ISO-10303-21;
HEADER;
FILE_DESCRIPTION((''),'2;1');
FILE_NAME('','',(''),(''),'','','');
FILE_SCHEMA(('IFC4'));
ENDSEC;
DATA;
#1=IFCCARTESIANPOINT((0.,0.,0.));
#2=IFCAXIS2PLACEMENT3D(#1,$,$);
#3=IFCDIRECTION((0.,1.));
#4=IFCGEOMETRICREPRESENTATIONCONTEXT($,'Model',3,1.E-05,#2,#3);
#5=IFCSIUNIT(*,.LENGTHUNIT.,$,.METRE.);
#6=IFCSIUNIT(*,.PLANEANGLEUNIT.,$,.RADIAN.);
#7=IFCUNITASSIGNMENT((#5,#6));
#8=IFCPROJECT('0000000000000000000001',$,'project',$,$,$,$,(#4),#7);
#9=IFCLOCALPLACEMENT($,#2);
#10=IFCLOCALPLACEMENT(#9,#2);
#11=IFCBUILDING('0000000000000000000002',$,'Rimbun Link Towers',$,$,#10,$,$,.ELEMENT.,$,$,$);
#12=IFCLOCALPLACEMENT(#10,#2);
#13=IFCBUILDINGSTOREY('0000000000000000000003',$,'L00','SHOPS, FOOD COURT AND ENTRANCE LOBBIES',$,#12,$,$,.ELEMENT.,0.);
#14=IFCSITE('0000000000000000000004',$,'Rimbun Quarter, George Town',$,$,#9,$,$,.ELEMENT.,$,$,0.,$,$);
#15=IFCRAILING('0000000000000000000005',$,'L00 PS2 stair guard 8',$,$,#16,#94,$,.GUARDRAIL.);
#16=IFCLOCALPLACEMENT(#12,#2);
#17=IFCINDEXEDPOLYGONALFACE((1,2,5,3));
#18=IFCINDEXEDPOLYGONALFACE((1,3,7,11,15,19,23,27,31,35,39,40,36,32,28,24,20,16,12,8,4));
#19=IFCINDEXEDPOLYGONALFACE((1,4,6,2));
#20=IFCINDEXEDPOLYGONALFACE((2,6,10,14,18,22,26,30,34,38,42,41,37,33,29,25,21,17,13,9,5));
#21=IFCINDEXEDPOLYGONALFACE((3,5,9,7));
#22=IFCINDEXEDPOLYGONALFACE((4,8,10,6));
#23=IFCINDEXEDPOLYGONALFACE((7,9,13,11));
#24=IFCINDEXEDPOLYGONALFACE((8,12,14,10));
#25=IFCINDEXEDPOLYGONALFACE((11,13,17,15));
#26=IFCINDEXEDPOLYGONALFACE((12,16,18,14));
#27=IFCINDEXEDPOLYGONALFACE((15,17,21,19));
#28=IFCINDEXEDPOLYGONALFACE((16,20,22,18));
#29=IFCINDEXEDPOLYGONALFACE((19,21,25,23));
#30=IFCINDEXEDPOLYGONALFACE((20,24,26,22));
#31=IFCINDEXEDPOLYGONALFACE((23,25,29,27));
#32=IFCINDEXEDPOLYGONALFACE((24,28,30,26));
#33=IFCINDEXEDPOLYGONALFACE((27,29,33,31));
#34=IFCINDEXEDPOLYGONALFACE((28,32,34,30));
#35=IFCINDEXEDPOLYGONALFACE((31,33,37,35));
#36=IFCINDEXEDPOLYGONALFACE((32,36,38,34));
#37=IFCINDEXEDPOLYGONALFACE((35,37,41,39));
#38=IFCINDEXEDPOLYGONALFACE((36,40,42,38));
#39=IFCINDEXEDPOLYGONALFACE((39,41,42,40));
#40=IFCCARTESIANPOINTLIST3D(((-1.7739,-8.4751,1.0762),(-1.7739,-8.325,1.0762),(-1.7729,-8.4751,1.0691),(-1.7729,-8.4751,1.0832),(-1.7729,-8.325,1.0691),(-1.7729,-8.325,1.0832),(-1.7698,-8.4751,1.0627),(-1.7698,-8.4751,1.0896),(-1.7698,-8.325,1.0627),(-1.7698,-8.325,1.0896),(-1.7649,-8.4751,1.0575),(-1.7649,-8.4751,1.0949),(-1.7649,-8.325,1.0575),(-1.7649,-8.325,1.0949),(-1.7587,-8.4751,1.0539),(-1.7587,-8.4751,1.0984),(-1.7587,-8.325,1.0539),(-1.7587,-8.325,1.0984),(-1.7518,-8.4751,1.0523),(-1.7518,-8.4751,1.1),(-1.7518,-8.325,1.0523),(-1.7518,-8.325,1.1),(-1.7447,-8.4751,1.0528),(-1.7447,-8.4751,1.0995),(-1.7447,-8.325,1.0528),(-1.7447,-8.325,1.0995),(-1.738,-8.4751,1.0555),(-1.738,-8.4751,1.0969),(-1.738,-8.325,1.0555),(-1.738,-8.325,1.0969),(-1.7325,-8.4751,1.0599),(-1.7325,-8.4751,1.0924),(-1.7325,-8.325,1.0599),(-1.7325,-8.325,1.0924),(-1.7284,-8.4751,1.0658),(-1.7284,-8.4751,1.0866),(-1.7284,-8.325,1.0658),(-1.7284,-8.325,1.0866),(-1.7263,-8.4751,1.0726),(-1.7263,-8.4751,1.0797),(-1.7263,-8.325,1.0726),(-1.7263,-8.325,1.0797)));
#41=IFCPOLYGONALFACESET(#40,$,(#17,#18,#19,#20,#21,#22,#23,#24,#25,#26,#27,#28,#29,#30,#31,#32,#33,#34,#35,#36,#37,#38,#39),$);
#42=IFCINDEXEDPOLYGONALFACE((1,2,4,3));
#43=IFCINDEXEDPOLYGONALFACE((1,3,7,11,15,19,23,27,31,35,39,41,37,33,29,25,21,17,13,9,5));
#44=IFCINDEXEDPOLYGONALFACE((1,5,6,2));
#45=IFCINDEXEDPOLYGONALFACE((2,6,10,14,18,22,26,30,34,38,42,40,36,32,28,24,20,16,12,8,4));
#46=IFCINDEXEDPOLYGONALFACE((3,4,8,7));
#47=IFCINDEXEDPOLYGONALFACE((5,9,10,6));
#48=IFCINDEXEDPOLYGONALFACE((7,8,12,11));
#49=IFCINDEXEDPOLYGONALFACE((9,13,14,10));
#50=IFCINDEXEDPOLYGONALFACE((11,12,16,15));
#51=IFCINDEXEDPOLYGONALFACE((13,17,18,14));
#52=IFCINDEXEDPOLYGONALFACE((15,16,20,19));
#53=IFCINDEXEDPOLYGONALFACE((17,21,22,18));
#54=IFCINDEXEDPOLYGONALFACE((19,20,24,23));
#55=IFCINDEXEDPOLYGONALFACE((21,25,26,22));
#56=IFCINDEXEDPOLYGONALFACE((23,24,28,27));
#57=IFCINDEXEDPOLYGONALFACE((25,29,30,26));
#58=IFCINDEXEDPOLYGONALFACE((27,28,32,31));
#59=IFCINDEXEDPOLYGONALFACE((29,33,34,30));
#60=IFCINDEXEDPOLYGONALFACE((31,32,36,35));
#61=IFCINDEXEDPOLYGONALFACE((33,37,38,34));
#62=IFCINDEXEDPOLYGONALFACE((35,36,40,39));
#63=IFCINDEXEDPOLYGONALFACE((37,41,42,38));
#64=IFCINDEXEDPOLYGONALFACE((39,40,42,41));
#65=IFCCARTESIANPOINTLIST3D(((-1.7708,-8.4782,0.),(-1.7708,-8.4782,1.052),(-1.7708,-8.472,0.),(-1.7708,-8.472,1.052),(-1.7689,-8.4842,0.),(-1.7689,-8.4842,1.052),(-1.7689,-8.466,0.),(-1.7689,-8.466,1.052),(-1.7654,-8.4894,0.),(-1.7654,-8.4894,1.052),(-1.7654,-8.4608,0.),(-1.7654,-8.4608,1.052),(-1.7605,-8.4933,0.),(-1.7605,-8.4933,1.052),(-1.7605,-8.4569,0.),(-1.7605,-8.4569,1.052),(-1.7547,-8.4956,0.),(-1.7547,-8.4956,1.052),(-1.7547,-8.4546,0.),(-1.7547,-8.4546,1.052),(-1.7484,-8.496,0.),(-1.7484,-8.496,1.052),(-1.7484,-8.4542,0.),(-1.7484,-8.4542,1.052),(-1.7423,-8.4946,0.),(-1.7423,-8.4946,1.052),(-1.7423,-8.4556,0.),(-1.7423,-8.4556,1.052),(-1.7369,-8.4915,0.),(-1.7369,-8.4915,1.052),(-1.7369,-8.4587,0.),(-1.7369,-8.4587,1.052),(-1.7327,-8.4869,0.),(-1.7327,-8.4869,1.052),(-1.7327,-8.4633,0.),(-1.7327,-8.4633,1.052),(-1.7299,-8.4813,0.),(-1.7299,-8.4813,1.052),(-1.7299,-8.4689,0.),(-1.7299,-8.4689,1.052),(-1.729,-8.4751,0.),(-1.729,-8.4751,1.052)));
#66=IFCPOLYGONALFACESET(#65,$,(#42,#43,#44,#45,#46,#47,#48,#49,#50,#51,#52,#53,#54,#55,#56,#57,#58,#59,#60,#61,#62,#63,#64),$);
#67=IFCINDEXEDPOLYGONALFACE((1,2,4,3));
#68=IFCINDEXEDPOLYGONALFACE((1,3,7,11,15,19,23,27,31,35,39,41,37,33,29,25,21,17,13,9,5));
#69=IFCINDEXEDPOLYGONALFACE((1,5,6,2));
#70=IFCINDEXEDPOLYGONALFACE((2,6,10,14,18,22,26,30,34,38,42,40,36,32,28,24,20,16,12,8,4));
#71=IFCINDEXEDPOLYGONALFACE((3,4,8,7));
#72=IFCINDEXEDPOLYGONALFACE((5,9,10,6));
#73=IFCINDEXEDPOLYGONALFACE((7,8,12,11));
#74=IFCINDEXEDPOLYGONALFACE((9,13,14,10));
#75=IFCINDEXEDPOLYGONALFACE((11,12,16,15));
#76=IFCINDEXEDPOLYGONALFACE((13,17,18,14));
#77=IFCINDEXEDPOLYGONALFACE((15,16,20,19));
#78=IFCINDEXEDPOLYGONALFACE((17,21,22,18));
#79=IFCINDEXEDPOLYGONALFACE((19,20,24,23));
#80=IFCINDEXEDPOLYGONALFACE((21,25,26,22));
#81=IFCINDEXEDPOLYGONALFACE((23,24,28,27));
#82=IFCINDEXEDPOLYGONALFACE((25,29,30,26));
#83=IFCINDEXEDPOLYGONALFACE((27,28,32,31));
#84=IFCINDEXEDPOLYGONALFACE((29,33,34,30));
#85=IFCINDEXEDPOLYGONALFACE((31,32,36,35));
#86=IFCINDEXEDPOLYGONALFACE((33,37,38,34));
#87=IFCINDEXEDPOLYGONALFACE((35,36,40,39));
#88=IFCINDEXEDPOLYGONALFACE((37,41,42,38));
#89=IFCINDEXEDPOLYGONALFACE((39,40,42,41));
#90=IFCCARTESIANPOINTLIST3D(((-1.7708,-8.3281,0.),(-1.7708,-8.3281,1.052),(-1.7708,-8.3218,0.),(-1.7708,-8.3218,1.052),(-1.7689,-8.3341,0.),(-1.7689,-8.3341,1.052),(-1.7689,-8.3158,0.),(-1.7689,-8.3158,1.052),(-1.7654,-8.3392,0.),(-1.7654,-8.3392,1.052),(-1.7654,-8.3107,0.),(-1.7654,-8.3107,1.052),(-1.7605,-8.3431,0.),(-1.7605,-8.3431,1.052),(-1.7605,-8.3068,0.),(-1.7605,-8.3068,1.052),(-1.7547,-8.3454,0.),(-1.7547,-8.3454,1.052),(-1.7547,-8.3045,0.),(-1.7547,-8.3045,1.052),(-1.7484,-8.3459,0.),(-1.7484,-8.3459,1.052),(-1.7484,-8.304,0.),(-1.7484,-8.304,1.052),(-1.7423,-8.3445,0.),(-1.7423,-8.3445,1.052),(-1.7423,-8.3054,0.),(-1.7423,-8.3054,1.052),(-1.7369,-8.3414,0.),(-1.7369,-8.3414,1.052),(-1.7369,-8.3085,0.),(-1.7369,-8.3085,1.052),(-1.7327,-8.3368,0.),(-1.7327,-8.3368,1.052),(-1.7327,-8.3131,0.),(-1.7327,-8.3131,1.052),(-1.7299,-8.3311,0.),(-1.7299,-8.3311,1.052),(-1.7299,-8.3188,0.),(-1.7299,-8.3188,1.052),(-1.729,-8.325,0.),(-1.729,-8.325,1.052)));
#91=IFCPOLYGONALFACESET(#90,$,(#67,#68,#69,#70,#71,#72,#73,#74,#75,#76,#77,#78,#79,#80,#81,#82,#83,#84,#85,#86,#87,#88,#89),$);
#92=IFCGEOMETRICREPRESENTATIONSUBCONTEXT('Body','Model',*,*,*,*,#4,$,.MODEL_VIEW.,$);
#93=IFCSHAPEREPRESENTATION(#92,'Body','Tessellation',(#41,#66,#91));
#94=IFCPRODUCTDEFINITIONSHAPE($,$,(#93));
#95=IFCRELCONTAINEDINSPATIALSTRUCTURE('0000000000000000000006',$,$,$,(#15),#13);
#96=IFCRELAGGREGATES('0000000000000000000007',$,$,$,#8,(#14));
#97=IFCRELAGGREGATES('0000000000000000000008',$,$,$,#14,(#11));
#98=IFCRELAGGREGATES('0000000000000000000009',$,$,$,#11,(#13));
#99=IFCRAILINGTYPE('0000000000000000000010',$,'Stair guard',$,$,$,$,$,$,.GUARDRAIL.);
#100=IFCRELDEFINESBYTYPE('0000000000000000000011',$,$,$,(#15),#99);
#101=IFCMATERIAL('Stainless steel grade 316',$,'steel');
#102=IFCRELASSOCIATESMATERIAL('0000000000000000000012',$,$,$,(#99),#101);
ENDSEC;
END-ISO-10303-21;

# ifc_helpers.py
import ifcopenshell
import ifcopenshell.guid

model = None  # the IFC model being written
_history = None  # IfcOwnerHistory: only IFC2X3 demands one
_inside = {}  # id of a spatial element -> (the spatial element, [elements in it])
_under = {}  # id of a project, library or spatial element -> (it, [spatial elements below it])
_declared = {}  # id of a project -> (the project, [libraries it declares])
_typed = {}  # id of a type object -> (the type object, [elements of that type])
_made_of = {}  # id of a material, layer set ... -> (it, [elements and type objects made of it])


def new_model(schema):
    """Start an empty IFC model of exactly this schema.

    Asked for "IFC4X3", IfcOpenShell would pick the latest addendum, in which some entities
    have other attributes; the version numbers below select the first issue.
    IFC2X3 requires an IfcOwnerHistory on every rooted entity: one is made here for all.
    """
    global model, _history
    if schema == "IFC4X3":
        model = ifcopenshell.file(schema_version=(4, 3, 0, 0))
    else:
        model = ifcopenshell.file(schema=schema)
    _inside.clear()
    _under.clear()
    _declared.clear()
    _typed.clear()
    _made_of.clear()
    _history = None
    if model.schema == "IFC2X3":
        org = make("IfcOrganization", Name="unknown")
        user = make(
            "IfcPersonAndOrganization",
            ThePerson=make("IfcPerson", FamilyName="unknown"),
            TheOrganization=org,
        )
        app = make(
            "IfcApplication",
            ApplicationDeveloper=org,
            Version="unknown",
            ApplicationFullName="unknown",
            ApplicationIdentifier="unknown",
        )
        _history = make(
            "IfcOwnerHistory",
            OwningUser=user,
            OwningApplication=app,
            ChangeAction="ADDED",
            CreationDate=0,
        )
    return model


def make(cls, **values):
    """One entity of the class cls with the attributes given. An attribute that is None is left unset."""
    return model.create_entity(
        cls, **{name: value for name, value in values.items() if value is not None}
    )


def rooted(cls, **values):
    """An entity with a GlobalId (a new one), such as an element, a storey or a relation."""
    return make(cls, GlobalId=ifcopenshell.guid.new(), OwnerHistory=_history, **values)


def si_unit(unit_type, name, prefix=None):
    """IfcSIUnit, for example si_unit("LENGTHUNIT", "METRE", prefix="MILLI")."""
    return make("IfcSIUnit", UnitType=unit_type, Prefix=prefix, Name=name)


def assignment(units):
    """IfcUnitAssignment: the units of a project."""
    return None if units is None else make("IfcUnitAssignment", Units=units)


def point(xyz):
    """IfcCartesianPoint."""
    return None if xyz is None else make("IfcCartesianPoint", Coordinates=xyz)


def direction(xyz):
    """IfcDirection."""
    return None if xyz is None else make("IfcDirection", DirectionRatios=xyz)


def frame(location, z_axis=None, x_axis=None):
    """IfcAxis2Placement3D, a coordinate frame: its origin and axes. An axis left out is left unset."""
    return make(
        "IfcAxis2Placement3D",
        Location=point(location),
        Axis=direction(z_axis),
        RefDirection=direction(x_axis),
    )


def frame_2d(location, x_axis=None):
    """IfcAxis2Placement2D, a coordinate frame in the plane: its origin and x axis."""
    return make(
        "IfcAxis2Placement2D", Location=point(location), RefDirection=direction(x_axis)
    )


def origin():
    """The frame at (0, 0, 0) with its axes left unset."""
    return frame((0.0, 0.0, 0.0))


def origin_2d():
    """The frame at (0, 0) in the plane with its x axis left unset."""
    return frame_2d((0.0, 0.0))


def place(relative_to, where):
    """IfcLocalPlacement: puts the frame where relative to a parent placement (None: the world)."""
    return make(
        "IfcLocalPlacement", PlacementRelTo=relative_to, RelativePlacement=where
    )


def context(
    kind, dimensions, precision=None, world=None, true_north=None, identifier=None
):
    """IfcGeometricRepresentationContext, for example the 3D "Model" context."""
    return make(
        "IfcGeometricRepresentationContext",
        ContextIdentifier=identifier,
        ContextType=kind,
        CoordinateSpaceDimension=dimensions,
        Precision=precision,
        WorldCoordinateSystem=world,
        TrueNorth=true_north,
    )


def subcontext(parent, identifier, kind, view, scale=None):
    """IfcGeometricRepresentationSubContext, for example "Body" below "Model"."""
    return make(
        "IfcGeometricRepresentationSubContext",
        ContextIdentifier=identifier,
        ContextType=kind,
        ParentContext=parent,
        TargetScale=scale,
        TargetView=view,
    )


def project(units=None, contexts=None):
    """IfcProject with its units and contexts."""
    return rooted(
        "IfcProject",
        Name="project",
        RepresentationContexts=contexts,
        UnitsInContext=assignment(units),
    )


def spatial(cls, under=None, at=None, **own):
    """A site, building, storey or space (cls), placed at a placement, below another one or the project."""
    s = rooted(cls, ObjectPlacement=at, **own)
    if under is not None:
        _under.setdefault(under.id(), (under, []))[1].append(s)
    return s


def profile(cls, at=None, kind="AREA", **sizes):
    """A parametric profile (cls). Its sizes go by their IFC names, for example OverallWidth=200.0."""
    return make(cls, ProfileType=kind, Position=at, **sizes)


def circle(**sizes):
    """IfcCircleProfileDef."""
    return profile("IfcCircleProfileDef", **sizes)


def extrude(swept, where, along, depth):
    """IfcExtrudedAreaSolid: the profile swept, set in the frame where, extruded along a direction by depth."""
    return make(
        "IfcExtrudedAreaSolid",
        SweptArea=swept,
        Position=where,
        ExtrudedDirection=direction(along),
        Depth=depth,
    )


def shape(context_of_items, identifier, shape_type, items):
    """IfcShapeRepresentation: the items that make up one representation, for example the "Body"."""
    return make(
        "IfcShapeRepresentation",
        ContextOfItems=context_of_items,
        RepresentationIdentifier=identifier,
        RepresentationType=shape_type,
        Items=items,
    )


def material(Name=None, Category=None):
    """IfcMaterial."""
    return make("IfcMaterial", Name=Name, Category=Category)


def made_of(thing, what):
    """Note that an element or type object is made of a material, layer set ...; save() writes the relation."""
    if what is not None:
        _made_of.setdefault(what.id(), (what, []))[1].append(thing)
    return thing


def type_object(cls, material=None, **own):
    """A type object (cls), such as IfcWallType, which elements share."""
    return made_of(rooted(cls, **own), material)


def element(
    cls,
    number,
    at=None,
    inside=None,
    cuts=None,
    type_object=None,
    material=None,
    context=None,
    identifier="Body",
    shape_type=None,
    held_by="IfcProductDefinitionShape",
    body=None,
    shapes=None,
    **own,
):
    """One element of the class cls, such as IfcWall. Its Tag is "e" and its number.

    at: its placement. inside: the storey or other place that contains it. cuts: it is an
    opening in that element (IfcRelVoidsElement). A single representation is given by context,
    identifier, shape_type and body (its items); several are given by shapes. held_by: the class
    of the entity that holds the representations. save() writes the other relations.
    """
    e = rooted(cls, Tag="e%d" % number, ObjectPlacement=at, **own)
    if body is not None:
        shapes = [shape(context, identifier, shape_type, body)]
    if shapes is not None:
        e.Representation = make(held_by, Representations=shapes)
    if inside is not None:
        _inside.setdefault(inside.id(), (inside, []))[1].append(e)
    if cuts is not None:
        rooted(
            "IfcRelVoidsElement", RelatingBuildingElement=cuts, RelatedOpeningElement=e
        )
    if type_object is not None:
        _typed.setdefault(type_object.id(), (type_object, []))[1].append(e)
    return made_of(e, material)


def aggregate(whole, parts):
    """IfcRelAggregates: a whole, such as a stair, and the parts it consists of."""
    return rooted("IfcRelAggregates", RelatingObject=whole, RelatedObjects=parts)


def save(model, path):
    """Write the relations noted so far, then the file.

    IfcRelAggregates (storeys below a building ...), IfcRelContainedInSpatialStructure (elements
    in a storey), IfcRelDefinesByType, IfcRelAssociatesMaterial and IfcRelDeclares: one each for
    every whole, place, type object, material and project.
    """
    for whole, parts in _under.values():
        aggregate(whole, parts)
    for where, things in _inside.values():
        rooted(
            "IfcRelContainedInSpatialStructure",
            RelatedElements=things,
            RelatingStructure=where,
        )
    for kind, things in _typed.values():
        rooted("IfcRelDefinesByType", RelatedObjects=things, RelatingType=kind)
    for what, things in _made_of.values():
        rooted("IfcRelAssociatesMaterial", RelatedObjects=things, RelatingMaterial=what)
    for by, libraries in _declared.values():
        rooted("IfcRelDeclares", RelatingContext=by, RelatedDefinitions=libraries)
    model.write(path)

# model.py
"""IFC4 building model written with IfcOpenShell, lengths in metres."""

from ifc_helpers import new_model, si_unit, direction, frame, origin, origin_2d, place, context, subcontext, project, spatial, circle, extrude, material, type_object, element, save


model = new_model("IFC4")

# Units and contexts
model_context = context("Model", 3, precision=1e-05, world=origin(), true_north=direction((0.0, 1.0)))
body_context = subcontext(model_context, "Body", "Model", "MODEL_VIEW")
ifc_project = project(units=[si_unit("LENGTHUNIT", "METRE"), si_unit("PLANEANGLEUNIT", "RADIAN")], contexts=[model_context])

# Site, building, storey
site_placement = place(None, origin())
site = spatial("IfcSite", under=ifc_project, at=site_placement, Name="Rimbun Quarter, George Town", CompositionType="ELEMENT", RefElevation=0.0)
building_placement = place(site_placement, origin())
building = spatial("IfcBuilding", under=site, at=building_placement, Name="Rimbun Link Towers", CompositionType="ELEMENT")
storey_placement = place(building_placement, origin())
storey = spatial("IfcBuildingStorey", under=building, at=storey_placement, Name="L00", Description="SHOPS, FOOD COURT AND ENTRANCE LOBBIES", CompositionType="ELEMENT", Elevation=0.0)

# Railing
ifc_material_1 = material(Name="Stainless steel grade 316", Category="steel")
railing_type_1 = type_object("IfcRailingType", Name="Stair guard", PredefinedType="GUARDRAIL", material=ifc_material_1)
railing_1_placement = place(storey_placement, frame((-1.75, -8.4751, 0.0)))
element("IfcRailing", 1, at=railing_1_placement, inside=storey, type_object=railing_type_1, Name="L00 PS2 stair guard 8", PredefinedType="GUARDRAIL", context=body_context, shape_type="SweptSolid", body=[
    extrude(circle(Radius=0.0239, at=origin_2d()), frame((0.0, 0.0, 1.0762), z_axis=(0.0, 1.0, 0.0), x_axis=(-1.0, 0.0, 0.0)), (0.0, 0.0, 1.0), 0.1501),
    extrude(circle(Radius=0.021, at=origin_2d()), origin(), (0.0, 0.0, 1.0), 1.052),
    extrude(circle(Radius=0.021, at=origin_2d()), frame((0.0, 0.1501, 0.0)), (0.0, 0.0, 1.0), 1.052),
])

save(model, "model.ifc")
